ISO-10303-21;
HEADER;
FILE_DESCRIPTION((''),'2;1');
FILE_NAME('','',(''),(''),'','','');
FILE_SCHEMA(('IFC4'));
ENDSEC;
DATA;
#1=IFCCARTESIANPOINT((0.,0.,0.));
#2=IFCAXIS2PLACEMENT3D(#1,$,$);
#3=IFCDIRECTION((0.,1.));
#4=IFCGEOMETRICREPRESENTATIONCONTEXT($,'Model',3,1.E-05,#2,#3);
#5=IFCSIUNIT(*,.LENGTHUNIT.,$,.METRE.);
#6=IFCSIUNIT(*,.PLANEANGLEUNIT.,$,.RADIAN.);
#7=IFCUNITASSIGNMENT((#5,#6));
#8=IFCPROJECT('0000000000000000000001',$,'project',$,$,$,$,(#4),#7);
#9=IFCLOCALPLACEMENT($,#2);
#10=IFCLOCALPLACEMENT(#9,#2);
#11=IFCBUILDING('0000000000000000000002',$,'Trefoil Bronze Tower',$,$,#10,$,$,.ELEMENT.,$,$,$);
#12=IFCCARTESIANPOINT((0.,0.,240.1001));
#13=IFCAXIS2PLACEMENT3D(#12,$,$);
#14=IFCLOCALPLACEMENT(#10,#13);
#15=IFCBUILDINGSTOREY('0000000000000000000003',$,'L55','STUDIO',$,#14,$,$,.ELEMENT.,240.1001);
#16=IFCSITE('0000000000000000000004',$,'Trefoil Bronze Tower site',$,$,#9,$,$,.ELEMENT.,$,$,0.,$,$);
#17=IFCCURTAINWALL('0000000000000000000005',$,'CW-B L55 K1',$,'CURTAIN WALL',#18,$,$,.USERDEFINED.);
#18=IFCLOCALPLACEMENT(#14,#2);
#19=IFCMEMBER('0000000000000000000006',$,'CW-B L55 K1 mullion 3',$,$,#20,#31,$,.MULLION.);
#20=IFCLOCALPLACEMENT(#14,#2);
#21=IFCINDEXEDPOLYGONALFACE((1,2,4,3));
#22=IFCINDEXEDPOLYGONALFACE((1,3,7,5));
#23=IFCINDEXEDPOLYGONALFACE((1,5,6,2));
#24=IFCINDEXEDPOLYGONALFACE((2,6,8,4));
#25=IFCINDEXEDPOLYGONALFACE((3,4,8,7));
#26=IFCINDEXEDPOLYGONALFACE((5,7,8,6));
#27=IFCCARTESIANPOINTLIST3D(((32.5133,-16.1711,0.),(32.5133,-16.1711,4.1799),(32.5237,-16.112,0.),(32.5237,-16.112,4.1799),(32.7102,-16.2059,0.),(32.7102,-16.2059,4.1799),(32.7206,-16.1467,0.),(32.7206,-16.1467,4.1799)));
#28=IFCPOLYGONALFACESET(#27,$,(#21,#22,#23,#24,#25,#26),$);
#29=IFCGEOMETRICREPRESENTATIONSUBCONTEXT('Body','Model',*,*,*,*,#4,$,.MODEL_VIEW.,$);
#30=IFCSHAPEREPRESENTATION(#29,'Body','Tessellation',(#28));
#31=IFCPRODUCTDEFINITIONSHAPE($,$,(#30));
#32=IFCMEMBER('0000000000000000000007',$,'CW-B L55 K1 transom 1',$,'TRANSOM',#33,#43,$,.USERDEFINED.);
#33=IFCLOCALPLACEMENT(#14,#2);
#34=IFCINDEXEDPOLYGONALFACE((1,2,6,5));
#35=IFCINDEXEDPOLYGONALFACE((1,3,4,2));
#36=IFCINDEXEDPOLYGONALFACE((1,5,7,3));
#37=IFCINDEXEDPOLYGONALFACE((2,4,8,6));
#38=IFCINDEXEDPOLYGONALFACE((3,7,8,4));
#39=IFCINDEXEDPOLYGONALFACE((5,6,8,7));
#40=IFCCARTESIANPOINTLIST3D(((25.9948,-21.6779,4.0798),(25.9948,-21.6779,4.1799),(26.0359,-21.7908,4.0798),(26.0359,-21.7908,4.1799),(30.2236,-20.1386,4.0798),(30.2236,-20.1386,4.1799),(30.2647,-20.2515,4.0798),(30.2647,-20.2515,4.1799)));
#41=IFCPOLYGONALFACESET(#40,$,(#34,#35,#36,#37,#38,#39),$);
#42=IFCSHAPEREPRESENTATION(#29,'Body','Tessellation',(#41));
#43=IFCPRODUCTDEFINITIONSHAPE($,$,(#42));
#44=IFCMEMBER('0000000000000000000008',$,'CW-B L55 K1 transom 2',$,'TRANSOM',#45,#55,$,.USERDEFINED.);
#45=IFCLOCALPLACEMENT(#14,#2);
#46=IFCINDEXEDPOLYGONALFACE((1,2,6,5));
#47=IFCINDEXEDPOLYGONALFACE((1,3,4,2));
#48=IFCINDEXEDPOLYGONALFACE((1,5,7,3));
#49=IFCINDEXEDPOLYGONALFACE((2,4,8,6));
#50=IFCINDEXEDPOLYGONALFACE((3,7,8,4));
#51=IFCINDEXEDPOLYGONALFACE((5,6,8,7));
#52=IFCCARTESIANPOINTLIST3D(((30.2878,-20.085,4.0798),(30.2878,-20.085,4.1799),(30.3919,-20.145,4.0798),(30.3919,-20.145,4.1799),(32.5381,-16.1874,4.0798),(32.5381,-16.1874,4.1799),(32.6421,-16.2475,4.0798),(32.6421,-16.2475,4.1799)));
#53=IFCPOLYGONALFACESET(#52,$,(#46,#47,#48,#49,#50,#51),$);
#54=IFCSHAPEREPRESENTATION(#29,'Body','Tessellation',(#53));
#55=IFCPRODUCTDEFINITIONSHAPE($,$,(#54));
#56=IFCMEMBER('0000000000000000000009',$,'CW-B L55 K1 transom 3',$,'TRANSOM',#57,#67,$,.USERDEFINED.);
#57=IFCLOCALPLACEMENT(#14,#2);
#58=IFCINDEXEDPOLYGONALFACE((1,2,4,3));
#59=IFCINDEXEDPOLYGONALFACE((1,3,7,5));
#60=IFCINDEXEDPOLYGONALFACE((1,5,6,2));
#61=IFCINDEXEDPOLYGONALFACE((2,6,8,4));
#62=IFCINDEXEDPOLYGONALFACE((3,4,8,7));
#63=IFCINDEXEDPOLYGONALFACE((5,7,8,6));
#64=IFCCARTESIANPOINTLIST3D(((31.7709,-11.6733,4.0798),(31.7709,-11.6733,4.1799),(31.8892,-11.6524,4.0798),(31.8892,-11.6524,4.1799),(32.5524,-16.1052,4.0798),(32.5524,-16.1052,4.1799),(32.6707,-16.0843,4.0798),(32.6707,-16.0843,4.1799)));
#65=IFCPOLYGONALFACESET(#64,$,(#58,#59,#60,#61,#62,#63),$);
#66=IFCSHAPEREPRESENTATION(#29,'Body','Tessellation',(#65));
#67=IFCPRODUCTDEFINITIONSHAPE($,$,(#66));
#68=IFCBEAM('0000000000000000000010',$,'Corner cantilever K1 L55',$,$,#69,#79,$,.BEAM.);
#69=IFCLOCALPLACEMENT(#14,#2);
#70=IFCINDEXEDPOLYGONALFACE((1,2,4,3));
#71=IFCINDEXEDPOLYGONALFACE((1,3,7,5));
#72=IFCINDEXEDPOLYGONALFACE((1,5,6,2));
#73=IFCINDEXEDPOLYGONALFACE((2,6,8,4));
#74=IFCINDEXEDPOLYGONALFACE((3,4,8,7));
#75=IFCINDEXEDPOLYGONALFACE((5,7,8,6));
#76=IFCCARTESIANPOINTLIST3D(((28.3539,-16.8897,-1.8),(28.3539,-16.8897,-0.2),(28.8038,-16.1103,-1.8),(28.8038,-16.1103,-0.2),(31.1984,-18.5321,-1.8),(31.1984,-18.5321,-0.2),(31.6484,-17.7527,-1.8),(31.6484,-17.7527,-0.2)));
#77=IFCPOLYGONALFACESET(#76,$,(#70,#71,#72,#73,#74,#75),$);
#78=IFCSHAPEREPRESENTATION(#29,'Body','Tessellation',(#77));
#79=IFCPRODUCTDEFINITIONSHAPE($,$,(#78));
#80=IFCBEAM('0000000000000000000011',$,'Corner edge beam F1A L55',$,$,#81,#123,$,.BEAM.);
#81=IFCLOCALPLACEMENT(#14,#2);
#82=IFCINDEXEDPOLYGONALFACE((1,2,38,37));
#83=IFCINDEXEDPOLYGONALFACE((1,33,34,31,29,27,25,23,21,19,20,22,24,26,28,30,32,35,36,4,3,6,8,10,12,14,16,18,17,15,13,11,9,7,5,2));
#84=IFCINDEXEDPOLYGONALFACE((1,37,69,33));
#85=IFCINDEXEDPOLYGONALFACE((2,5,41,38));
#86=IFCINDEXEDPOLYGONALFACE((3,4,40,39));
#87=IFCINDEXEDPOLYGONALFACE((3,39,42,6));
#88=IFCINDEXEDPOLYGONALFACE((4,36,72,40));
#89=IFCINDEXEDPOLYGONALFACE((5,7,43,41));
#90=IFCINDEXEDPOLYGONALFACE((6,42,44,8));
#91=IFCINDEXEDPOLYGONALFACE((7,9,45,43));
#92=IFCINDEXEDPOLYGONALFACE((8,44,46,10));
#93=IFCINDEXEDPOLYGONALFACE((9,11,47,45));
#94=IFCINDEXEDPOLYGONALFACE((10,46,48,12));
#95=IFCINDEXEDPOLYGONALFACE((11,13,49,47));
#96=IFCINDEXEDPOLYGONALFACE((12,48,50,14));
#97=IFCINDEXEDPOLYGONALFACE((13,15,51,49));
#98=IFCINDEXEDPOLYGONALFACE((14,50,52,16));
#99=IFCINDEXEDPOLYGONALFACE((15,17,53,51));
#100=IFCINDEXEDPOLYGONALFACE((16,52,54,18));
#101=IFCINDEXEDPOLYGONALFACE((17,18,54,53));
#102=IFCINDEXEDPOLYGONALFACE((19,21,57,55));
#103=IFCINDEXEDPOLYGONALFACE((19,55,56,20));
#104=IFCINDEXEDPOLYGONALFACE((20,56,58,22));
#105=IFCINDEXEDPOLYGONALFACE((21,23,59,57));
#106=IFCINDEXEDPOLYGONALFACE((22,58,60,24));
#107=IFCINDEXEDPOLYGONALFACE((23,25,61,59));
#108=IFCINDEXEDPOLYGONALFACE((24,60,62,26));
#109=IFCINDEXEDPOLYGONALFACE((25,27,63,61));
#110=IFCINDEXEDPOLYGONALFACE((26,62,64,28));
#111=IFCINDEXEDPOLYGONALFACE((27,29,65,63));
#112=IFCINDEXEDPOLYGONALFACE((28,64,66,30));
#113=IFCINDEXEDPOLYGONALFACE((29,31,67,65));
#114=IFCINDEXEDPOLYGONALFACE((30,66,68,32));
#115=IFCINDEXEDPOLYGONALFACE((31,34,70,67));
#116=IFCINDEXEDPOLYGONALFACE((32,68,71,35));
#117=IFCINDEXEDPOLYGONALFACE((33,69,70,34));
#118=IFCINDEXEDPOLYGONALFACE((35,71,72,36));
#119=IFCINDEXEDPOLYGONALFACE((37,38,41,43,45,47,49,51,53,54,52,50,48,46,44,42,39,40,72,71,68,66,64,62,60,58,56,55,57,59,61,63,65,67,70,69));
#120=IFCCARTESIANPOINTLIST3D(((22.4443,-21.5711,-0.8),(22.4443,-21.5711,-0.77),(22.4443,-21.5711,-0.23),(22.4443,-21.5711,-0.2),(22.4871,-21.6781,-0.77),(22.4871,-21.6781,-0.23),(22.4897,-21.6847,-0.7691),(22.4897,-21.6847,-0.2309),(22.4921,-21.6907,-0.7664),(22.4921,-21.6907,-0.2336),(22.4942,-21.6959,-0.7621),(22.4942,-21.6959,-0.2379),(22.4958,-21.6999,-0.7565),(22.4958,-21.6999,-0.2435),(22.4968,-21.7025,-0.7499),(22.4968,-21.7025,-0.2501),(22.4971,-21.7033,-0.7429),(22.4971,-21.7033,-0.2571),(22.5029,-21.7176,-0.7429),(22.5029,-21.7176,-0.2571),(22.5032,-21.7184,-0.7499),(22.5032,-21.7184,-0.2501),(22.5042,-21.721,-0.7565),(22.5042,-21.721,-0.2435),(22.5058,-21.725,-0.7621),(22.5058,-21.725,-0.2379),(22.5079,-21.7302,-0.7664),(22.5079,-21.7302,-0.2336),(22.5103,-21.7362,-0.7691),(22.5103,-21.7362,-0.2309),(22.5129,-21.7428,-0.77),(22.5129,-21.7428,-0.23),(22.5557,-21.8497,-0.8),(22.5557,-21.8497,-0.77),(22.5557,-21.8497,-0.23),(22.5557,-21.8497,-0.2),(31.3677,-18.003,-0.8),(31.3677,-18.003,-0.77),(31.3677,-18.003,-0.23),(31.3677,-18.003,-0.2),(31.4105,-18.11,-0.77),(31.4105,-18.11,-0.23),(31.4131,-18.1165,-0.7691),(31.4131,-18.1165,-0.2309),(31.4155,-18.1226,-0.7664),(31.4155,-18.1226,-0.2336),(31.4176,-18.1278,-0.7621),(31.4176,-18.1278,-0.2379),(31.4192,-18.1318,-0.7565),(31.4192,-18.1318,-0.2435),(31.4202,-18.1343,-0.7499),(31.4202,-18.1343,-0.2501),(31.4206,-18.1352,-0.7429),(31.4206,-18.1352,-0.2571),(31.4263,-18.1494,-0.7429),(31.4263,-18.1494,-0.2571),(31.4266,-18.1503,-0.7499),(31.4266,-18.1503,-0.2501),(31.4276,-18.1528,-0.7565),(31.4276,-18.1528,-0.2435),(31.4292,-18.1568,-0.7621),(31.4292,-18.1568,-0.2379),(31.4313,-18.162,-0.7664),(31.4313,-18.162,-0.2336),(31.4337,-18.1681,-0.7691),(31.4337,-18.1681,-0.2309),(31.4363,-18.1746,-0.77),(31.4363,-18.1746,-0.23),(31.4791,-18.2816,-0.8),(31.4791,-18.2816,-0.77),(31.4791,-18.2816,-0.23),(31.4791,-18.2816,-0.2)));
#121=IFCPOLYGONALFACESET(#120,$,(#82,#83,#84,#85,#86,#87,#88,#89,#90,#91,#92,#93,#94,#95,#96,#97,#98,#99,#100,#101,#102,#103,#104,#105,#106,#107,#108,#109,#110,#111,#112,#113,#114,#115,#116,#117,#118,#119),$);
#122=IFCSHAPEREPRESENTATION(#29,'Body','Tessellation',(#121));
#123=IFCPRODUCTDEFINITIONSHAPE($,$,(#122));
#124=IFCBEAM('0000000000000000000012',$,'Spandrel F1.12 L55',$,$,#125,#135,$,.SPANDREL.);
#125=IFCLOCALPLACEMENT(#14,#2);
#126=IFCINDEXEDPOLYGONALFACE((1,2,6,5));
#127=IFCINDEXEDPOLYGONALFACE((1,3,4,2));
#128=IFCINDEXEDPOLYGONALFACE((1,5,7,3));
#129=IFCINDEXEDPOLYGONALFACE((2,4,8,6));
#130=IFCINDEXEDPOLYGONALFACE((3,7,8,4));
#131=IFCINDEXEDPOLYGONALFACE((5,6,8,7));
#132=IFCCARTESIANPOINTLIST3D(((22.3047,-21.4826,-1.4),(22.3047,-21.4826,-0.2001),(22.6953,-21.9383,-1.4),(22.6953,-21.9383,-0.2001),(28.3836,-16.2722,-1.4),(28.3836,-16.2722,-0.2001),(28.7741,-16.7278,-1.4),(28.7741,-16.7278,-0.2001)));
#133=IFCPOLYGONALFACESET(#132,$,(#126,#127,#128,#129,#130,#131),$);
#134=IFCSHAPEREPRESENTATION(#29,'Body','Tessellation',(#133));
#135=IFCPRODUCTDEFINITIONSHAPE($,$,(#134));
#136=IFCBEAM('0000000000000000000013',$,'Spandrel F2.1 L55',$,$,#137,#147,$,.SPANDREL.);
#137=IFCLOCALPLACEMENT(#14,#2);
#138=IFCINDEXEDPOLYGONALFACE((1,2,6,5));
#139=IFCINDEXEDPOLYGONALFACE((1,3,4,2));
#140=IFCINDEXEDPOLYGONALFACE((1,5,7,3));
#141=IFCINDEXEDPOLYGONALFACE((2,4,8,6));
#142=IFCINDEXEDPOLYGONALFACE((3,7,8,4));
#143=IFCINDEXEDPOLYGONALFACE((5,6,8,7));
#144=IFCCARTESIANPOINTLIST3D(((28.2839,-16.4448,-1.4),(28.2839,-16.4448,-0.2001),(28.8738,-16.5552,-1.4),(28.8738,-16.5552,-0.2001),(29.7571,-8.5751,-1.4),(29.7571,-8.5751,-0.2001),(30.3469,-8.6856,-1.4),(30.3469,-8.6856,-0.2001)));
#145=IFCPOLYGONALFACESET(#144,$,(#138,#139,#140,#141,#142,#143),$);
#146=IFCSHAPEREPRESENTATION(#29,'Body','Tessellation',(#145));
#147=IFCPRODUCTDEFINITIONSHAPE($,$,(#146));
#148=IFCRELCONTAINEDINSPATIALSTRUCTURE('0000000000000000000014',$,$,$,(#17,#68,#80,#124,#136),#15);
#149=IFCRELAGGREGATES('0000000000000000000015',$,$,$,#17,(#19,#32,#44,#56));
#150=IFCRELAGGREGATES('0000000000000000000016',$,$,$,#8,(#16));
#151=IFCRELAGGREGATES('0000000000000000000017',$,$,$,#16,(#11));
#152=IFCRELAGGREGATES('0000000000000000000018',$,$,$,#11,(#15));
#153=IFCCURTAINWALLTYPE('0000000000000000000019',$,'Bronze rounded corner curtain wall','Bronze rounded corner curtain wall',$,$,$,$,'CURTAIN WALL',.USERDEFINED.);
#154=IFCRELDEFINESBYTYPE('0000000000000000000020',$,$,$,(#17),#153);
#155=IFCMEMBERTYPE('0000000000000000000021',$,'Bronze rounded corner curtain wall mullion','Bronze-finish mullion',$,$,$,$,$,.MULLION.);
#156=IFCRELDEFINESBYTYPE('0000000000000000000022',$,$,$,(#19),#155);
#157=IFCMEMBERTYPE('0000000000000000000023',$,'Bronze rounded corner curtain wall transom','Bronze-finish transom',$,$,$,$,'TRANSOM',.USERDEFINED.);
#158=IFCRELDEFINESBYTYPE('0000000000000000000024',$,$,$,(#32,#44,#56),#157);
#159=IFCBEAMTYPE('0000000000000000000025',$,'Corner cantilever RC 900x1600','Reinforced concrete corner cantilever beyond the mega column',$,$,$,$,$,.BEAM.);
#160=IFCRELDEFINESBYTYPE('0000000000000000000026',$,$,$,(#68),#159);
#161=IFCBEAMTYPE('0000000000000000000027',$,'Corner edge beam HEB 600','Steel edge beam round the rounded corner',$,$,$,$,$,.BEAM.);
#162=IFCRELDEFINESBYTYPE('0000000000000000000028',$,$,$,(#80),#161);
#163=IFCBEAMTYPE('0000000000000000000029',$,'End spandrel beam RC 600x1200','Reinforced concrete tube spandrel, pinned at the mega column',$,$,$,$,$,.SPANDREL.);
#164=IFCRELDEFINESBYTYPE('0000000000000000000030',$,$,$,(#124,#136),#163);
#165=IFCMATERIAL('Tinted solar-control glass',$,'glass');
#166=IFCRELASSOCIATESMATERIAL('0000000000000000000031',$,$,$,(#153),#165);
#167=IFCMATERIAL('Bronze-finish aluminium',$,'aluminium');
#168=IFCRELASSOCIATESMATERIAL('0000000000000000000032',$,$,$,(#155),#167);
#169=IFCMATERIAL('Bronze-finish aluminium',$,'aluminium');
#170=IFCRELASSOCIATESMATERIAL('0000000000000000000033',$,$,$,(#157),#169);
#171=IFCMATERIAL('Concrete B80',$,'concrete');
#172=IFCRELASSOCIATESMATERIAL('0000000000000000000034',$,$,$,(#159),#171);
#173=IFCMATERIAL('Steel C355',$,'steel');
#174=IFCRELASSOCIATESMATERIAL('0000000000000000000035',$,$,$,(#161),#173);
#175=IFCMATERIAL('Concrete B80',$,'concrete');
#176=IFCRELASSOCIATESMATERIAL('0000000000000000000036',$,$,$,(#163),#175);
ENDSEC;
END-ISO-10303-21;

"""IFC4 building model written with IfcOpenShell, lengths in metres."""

from ifc_helpers import new_model, si_unit, direction, frame, origin, origin_2d, place, context, subcontext, project, spatial, rectangle, i_section, extrude, material, material_profile, profile_set, type_object, element, aggregate, save


model = new_model("IFC4")

# Units and contexts
model_context = context("Model", 3, precision=1e-05, world=origin(), true_north=direction((0.0, 1.0)))
body_context = subcontext(model_context, "Body", "Model", "MODEL_VIEW")
ifc_project = project(units=[si_unit("LENGTHUNIT", "METRE"), si_unit("PLANEANGLEUNIT", "RADIAN")], contexts=[model_context])

# Site, building, storey
site_placement = place(None, origin())
site = spatial("IfcSite", under=ifc_project, at=site_placement, Name="Trefoil Bronze Tower site", CompositionType="ELEMENT", RefElevation=0.0)
building_placement = place(site_placement, origin())
building = spatial("IfcBuilding", under=site, at=building_placement, Name="Trefoil Bronze Tower", CompositionType="ELEMENT")
storey_placement = place(building_placement, frame((0.0, 0.0, 240.1001)))
storey = spatial("IfcBuildingStorey", under=building, at=storey_placement, Name="L55", Description="STUDIO", CompositionType="ELEMENT", Elevation=240.1001)

# Curtain wall, members
ifc_material_1 = material(Name="Tinted solar-control glass", Category="glass")
curtain_wall_type_1 = type_object("IfcCurtainWallType", Name="Bronze rounded corner curtain wall", Description="Bronze rounded corner curtain wall", ElementType="CURTAIN WALL", PredefinedType="USERDEFINED", material=ifc_material_1)
curtain_wall_1_placement = place(storey_placement, origin())
curtain_wall_1 = element("IfcCurtainWall", 1, at=curtain_wall_1_placement, inside=storey, type_object=curtain_wall_type_1, Name="CW-B L55 K1", ObjectType="CURTAIN WALL", PredefinedType="USERDEFINED")
ifc_material_2 = material(Name="Bronze-finish aluminium", Category="aluminium")
ifc_material_profile_1 = material_profile(ifc_material_2, rectangle(XDim=0.2, YDim=0.0601, at=origin_2d()), Name="CW-B mullion")
ifc_profile_set_1 = profile_set([ifc_material_profile_1], Name="Bronze-finish aluminium")
member_type_1 = type_object("IfcMemberType", Name="Bronze rounded corner curtain wall mullion", Description="Bronze-finish mullion", PredefinedType="MULLION", material=ifc_profile_set_1)
member_1_placement = place(storey_placement, frame((32.6169, -16.1589, 0.0), z_axis=(0.0, 0.0, 1.0), x_axis=(-0.984808, 0.173648, 0.0)))
member_1 = element("IfcMember", 2, at=member_1_placement, type_object=member_type_1, Name="CW-B L55 K1 mullion 3", PredefinedType="MULLION", context=body_context, shape_type="SweptSolid", body=[
    extrude(rectangle(XDim=0.2, YDim=0.0601, at=origin_2d()), origin(), (0.0, 0.0, 1.0), 4.1799),
])
ifc_material_3 = material(Name="Bronze-finish aluminium", Category="aluminium")
ifc_material_profile_2 = material_profile(ifc_material_3, rectangle(XDim=0.1201, YDim=0.1001, at=origin_2d()), Name="CW-B transom")
ifc_profile_set_2 = profile_set([ifc_material_profile_2], Name="Bronze-finish aluminium")
member_type_2 = type_object("IfcMemberType", Name="Bronze rounded corner curtain wall transom", Description="Bronze-finish transom", ElementType="TRANSOM", PredefinedType="USERDEFINED", material=ifc_profile_set_2)
member_2_placement = place(storey_placement, frame((26.0154, -21.7344, 4.1299), z_axis=(0.939681, 0.342052, 0.0), x_axis=(-0.342052, 0.939681, 0.0)))
member_2 = element("IfcMember", 3, at=member_2_placement, type_object=member_type_2, Name="CW-B L55 K1 transom 1", ObjectType="TRANSOM", PredefinedType="USERDEFINED", context=body_context, shape_type="SweptSolid", body=[
    extrude(rectangle(XDim=0.1201, YDim=0.1001, at=origin_2d()), origin(), (0.0, 0.0, 1.0), 4.5002),
])
member_3_placement = place(storey_placement, frame((30.3398, -20.115, 4.1299), z_axis=(0.500007, 0.866021, 0.0), x_axis=(-0.866021, 0.500007, 0.0)))
member_3 = element("IfcMember", 4, at=member_3_placement, type_object=member_type_2, Name="CW-B L55 K1 transom 2", ObjectType="TRANSOM", PredefinedType="USERDEFINED", context=body_context, shape_type="SweptSolid", body=[
    extrude(rectangle(XDim=0.1201, YDim=0.1001, at=origin_2d()), origin(), (0.0, 0.0, 1.0), 4.5005),
])
member_4_placement = place(storey_placement, frame((32.6116, -16.0947, 4.1299), z_axis=(-0.173655, 0.984806, 0.0), x_axis=(-0.984806, -0.173655, 0.0)))
member_4 = element("IfcMember", 5, at=member_4_placement, type_object=member_type_2, Name="CW-B L55 K1 transom 3", ObjectType="TRANSOM", PredefinedType="USERDEFINED", context=body_context, shape_type="SweptSolid", body=[
    extrude(rectangle(XDim=0.1201, YDim=0.1001, at=origin_2d()), origin(), (0.0, 0.0, 1.0), 4.5002),
])

# Beams
ifc_material_4 = material(Name="Concrete B80", Category="concrete")
ifc_material_profile_3 = material_profile(ifc_material_4, rectangle(XDim=0.8999, YDim=1.6001, at=origin_2d()), Name="RC 900x1600")
ifc_profile_set_3 = profile_set([ifc_material_profile_3], Name="Concrete B80")
beam_type_1 = type_object("IfcBeamType", Name="Corner cantilever RC 900x1600", Description="Reinforced concrete corner cantilever beyond the mega column", PredefinedType="BEAM", material=ifc_profile_set_3)
beam_1_placement = place(storey_placement, frame((28.5789, -16.5, -1.0), z_axis=(0.866016, -0.500016, 0.0), x_axis=(0.500016, 0.866016, 0.0)))
element("IfcBeam", 6, at=beam_1_placement, inside=storey, type_object=beam_type_1, Name="Corner cantilever K1 L55", PredefinedType="BEAM", context=body_context, shape_type="SweptSolid", body=[
    extrude(rectangle(XDim=0.8999, YDim=1.6001, at=origin_2d()), origin(), (0.0, 0.0, 1.0), 3.2847),
])
ifc_material_5 = material(Name="Steel C355", Category="steel")
ifc_material_profile_4 = material_profile(ifc_material_5, i_section(OverallWidth=0.3, OverallDepth=0.6001, WebThickness=0.0154, FlangeThickness=0.03, FilletRadius=0.0271, at=origin_2d()), Name="HEB 600")
ifc_profile_set_4 = profile_set([ifc_material_profile_4], Name="Steel C355")
beam_type_2 = type_object("IfcBeamType", Name="Corner edge beam HEB 600", Description="Steel edge beam round the rounded corner", PredefinedType="BEAM", material=ifc_profile_set_4)
beam_2_placement = place(storey_placement, frame((22.5, -21.7104, -0.5), z_axis=(0.92852, 0.371281, 0.0), x_axis=(-0.371281, 0.92852, 0.0)))
element("IfcBeam", 7, at=beam_2_placement, inside=storey, type_object=beam_type_2, Name="Corner edge beam F1A L55", PredefinedType="BEAM", context=body_context, shape_type="SweptSolid", body=[
    extrude(i_section(OverallWidth=0.3, OverallDepth=0.6001, WebThickness=0.0154, FlangeThickness=0.03, FilletRadius=0.0271, at=origin_2d()), origin(), (0.0, 0.0, 1.0), 9.6104),
])
ifc_material_6 = material(Name="Concrete B80", Category="concrete")
ifc_material_profile_5 = material_profile(ifc_material_6, rectangle(XDim=0.6001, YDim=1.2, at=origin_2d()), Name="RC 600x1200")
ifc_profile_set_5 = profile_set([ifc_material_profile_5], Name="Concrete B80")
beam_type_3 = type_object("IfcBeamType", Name="End spandrel beam RC 600x1200", Description="Reinforced concrete tube spandrel, pinned at the mega column", PredefinedType="SPANDREL", material=ifc_profile_set_5)
for number, where, z_axis, x_axis, name in (
    (8, (22.5, -21.7104, -0.8), (0.759257, 0.650791, 0.0), (-0.650791, 0.759257, 0.0), "Spandrel F1.12 L55"),
    (9, (28.5789, -16.5, -0.8), (0.183998, 0.982927, 0.0), (-0.982927, 0.183998, 0.0), "Spandrel F2.1 L55"),
):
    element("IfcBeam", number, at=place(storey_placement, frame(where, z_axis=z_axis, x_axis=x_axis)), inside=storey, type_object=beam_type_3, Name=name, PredefinedType="SPANDREL", context=body_context, shape_type="SweptSolid", body=[
        extrude(rectangle(XDim=0.6001, YDim=1.2, at=origin_2d()), origin(), (0.0, 0.0, 1.0), 8.0063),
    ])

aggregate(curtain_wall_1, [member_1, member_2, member_3, member_4])

save(model, "model.ifc")
